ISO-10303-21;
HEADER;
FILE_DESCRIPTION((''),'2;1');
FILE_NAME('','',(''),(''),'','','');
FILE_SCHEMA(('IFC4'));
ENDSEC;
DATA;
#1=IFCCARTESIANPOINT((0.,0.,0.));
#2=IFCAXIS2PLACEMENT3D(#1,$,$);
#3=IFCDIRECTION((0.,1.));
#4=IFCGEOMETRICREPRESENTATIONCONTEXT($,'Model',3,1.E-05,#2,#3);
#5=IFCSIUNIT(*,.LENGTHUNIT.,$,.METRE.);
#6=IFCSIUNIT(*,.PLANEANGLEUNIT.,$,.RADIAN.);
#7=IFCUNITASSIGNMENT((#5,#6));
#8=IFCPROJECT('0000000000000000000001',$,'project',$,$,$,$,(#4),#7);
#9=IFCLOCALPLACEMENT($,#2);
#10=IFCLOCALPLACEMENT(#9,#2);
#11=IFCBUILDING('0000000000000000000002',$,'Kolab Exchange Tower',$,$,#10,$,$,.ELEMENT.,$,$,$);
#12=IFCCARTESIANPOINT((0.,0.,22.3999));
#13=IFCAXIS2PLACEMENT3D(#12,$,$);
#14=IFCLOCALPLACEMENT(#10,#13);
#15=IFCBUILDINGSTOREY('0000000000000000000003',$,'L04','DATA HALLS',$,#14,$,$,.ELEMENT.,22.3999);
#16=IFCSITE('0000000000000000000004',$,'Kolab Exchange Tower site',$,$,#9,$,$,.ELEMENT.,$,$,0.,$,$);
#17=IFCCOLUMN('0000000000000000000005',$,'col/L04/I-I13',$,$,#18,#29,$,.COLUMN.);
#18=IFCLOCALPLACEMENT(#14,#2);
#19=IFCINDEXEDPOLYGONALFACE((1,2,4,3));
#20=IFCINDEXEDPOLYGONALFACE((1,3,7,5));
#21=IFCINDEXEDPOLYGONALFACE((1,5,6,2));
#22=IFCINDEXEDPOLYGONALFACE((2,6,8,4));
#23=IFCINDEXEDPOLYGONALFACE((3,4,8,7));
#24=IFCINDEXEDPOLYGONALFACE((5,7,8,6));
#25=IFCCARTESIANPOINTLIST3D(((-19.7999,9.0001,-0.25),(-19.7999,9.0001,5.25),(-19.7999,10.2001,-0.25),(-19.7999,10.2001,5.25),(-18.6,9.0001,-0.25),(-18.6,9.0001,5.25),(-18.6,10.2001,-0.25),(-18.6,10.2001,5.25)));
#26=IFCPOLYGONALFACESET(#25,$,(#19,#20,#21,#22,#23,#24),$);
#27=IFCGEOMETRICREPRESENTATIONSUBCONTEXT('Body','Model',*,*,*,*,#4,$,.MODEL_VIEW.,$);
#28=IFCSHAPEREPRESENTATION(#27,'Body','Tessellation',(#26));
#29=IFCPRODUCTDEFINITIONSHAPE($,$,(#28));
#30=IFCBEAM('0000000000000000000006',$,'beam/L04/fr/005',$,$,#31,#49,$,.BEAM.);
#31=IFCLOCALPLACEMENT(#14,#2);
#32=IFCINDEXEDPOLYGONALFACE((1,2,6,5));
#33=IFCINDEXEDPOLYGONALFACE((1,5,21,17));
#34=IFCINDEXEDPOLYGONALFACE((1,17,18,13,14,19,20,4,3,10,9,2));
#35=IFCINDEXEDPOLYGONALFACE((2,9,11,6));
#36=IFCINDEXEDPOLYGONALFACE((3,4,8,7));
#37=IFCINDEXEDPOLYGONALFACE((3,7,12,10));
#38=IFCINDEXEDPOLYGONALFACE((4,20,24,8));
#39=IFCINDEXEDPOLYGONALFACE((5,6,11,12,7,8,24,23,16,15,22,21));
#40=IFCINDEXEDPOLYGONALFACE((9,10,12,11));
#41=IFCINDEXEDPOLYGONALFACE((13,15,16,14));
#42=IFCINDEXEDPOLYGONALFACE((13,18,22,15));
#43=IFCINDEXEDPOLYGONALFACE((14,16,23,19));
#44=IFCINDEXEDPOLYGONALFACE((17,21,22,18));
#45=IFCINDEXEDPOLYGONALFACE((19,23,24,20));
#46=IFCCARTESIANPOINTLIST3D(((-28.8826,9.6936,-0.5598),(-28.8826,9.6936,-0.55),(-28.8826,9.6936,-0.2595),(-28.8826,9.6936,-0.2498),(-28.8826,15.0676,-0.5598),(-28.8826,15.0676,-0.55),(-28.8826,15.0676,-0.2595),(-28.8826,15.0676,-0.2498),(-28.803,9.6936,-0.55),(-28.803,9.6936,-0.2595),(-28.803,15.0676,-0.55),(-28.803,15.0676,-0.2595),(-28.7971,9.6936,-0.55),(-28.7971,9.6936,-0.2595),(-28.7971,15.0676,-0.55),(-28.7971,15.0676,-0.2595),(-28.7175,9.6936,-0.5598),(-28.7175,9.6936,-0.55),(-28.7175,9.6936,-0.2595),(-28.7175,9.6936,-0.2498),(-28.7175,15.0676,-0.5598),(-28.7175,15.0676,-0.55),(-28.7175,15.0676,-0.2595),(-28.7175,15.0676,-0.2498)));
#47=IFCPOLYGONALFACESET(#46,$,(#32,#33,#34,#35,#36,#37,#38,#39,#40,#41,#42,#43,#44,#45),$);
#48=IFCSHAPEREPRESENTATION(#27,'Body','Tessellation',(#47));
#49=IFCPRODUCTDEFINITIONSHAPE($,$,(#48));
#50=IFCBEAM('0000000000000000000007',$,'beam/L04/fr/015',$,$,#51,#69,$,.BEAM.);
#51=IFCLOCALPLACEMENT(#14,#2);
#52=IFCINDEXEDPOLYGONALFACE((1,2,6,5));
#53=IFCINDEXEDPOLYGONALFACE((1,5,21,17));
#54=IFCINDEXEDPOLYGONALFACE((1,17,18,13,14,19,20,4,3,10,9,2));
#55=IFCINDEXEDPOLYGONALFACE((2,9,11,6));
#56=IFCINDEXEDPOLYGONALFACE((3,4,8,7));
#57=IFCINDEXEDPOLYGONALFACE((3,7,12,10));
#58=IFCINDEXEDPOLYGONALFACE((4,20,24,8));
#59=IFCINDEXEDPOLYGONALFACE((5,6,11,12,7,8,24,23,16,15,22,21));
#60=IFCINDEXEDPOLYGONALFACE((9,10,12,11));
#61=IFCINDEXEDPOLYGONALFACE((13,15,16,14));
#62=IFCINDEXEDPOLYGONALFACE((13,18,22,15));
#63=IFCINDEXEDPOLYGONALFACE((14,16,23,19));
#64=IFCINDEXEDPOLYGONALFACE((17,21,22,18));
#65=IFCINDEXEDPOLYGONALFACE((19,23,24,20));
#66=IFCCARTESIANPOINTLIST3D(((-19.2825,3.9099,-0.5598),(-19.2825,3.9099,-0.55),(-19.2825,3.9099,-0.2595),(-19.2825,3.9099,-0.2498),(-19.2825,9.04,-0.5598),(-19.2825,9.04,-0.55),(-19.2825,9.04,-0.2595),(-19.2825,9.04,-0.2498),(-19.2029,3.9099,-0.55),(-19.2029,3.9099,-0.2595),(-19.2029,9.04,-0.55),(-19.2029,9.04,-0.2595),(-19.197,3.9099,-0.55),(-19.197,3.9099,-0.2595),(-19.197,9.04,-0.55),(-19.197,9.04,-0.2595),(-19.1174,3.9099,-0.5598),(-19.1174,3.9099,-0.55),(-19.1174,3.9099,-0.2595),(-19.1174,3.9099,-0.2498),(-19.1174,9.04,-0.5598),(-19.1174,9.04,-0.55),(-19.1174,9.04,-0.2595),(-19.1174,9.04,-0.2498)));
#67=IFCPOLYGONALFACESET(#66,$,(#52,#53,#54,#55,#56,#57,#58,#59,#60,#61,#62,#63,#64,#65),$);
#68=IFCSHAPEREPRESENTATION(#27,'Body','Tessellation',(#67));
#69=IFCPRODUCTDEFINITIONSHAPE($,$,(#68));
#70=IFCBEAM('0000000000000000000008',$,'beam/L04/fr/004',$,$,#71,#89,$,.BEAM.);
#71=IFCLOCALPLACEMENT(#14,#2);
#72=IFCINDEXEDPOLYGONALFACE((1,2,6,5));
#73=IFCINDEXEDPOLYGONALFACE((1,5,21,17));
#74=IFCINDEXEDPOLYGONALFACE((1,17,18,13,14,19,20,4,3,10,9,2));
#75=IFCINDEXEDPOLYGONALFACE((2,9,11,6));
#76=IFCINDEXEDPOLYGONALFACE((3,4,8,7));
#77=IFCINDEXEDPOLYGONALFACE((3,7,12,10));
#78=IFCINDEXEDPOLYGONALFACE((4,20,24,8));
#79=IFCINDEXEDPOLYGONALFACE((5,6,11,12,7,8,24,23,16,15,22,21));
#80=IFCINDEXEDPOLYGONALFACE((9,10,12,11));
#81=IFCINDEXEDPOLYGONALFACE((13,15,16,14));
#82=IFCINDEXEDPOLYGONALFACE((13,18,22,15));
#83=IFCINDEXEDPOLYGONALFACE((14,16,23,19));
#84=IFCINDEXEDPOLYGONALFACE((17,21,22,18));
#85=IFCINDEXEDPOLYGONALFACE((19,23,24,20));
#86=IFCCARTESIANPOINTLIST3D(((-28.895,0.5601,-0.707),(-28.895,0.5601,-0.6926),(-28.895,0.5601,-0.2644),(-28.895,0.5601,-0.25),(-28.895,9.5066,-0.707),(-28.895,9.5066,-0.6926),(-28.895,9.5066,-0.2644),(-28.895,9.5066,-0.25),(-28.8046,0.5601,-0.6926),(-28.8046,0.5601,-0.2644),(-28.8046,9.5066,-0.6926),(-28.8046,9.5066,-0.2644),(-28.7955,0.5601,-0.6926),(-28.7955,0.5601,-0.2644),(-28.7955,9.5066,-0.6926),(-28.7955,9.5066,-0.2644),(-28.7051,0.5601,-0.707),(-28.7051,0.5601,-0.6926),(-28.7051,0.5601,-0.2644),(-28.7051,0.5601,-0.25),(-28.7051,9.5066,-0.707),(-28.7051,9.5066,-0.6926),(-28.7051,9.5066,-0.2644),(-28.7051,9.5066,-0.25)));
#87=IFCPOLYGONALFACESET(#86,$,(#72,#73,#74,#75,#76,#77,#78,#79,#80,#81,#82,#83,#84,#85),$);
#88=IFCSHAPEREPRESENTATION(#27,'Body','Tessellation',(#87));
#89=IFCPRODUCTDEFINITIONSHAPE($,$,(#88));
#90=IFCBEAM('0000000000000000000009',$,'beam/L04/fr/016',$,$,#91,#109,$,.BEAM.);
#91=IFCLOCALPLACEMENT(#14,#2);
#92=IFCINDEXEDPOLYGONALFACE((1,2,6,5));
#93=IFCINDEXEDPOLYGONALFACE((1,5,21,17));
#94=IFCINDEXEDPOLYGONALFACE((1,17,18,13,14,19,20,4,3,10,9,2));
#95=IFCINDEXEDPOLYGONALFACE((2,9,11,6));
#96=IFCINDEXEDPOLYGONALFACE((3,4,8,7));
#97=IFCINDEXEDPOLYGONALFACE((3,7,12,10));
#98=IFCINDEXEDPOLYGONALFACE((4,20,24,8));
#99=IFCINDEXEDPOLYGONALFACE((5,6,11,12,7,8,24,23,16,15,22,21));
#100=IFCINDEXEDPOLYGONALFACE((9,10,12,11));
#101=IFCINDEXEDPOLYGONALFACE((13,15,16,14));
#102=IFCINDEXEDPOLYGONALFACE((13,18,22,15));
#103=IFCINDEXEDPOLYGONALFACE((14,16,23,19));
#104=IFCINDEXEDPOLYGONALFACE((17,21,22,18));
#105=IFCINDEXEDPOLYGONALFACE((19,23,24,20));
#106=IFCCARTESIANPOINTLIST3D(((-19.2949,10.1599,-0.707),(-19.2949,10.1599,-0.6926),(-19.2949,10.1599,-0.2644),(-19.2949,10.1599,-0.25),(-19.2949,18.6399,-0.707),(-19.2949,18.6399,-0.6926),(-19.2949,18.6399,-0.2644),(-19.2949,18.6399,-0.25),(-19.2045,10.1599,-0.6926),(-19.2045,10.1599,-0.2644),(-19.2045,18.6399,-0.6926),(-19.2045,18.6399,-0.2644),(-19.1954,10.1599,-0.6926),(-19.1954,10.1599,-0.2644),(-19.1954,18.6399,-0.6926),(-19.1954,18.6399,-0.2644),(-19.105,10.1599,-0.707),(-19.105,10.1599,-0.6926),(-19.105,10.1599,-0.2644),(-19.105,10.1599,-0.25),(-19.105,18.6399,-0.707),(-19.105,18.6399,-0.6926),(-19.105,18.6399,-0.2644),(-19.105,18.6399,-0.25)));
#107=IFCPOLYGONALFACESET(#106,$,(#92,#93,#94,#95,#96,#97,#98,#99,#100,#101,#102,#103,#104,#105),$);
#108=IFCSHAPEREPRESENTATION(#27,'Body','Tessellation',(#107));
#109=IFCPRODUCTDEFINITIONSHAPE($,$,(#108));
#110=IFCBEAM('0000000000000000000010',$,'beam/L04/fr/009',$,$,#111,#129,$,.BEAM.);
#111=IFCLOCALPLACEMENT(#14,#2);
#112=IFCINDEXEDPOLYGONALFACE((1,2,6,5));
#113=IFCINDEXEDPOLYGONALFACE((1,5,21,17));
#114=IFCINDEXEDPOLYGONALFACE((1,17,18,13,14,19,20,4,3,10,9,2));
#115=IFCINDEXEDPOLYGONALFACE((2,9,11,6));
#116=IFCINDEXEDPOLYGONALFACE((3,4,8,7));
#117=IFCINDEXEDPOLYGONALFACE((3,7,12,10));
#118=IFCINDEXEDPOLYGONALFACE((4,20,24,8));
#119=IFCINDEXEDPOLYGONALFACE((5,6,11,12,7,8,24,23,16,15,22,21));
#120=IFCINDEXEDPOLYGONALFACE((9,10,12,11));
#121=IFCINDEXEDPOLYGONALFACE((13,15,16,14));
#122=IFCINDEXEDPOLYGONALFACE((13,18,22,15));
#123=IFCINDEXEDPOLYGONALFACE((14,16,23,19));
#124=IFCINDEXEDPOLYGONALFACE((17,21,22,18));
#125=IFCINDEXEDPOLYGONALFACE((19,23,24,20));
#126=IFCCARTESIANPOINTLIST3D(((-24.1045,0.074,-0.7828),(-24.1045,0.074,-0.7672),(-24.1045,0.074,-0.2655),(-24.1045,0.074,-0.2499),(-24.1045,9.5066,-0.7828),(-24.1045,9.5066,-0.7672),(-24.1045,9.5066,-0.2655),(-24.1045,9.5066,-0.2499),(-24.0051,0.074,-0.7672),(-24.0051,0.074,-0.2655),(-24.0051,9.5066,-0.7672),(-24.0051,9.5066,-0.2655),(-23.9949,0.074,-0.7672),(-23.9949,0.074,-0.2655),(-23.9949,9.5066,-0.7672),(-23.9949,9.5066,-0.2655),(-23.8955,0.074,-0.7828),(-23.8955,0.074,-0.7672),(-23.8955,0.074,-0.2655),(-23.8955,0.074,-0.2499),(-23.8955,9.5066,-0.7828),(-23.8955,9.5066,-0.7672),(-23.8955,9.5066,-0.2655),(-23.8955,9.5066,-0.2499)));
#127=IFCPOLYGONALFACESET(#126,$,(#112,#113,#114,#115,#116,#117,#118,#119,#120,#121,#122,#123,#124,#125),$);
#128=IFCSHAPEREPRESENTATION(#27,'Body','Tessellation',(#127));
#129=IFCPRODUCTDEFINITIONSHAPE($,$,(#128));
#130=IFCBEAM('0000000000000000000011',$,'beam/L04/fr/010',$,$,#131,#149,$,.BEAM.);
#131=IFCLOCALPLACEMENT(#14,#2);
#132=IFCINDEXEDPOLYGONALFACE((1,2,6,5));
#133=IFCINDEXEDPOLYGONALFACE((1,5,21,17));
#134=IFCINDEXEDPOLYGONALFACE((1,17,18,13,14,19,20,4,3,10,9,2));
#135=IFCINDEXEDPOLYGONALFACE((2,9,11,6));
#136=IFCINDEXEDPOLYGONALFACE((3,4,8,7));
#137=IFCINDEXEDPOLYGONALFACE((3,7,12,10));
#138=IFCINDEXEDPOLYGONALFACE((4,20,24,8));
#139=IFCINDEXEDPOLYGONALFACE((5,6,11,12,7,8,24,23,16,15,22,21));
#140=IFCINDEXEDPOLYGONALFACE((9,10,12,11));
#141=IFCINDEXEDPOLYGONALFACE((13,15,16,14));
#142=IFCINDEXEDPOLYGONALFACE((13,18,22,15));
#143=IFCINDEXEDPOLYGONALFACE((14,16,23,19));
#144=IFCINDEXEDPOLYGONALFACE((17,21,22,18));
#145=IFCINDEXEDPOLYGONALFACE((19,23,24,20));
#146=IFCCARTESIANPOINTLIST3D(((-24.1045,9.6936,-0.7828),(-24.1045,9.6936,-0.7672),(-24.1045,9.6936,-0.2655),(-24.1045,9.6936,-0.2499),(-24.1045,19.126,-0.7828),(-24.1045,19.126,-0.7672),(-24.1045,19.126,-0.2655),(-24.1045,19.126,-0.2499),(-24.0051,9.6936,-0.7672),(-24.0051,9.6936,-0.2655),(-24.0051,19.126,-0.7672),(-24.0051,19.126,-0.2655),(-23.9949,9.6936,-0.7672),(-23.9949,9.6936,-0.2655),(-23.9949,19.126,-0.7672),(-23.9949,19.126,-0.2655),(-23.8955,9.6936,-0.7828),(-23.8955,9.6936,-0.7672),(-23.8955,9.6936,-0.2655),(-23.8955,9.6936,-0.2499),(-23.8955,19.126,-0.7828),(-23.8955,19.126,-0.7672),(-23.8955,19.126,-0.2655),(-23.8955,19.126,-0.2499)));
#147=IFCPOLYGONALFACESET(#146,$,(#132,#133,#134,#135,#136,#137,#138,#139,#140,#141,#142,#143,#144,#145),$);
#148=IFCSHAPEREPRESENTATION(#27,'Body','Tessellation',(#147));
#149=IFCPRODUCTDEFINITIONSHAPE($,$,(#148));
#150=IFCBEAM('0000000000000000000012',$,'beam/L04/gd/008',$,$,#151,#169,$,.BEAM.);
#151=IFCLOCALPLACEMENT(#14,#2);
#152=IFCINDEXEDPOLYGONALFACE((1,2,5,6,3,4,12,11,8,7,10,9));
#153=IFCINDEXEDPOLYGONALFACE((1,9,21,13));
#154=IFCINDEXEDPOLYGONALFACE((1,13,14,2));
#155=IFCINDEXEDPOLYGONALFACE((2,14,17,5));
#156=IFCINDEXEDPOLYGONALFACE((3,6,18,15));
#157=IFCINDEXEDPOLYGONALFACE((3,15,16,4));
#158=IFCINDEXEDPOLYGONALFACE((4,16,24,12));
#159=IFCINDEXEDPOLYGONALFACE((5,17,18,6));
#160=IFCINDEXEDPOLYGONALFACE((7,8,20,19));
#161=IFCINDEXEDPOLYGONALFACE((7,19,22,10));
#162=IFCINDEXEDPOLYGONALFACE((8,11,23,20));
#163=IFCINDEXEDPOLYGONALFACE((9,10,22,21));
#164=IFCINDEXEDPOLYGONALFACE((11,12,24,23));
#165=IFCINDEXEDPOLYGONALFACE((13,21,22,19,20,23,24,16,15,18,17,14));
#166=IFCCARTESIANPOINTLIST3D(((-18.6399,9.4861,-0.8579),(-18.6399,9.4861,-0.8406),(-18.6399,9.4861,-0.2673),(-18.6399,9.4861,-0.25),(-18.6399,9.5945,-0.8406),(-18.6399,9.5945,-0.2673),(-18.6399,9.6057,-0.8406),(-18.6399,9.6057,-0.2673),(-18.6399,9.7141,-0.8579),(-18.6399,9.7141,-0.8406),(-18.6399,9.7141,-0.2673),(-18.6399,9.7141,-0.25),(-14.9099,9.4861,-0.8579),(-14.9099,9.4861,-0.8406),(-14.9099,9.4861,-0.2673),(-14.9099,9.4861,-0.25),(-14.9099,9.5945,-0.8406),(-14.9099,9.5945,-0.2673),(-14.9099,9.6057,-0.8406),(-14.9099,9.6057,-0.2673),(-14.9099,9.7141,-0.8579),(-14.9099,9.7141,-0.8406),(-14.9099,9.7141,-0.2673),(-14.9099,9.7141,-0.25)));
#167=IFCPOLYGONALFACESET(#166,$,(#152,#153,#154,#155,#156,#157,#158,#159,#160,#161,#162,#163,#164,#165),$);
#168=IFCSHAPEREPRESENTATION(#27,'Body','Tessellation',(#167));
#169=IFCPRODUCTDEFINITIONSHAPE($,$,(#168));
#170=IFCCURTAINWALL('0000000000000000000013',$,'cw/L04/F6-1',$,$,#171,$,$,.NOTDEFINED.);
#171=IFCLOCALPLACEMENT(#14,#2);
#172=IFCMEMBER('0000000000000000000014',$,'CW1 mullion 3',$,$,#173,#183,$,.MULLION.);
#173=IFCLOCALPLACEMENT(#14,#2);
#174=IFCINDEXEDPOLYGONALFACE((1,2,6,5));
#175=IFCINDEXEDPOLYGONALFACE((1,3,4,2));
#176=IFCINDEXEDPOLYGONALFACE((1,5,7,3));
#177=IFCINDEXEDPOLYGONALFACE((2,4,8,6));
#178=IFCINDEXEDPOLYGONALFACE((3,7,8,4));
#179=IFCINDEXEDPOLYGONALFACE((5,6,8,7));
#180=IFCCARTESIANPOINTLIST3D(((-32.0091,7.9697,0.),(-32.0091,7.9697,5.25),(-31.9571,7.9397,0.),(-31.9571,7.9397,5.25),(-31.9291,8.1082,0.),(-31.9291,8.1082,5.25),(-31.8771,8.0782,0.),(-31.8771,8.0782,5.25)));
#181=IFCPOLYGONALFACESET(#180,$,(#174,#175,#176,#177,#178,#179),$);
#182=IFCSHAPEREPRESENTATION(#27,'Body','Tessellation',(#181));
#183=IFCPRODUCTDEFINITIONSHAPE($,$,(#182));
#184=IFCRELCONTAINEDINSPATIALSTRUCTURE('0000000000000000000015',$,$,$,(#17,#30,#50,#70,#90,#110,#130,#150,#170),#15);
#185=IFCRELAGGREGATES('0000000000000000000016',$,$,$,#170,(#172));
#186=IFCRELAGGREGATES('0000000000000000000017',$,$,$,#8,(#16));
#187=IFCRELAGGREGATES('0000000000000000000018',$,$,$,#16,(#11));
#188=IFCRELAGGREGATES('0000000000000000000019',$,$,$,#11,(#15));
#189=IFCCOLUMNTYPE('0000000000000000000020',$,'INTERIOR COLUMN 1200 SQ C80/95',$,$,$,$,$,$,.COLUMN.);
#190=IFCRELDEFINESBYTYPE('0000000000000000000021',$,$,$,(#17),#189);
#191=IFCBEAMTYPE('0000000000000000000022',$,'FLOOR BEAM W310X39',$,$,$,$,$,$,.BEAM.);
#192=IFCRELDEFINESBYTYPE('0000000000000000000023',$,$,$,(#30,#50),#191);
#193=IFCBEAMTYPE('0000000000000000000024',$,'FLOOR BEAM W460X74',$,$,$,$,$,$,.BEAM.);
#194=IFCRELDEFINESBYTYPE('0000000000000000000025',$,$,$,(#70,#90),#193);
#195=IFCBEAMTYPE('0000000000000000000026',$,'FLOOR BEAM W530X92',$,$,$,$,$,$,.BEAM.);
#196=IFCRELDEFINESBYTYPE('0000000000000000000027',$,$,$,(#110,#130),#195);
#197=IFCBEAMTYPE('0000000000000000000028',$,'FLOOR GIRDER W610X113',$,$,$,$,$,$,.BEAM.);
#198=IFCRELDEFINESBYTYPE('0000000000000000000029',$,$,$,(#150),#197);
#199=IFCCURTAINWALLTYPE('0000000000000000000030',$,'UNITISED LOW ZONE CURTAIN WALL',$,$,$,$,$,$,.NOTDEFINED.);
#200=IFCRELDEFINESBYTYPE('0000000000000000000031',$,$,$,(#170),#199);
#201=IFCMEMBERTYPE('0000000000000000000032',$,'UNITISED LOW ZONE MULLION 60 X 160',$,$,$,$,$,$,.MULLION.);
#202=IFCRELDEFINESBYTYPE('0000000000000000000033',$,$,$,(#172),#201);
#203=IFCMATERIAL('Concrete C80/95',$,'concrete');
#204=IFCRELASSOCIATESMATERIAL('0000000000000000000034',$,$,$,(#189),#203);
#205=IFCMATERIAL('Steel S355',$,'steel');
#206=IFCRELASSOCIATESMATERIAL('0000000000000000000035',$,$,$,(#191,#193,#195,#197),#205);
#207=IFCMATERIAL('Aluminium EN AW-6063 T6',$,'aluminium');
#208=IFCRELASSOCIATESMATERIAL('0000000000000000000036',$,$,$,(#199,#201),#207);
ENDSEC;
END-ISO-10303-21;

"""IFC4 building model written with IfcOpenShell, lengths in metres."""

from ifc_helpers import new_model, si_unit, direction, frame, origin, origin_2d, place, context, subcontext, project, spatial, rectangle, i_section, extrude, material, material_profile, profile_set, type_object, element, aggregate, save


model = new_model("IFC4")

# Units and contexts
model_context = context("Model", 3, precision=1e-05, world=origin(), true_north=direction((0.0, 1.0)))
body_context = subcontext(model_context, "Body", "Model", "MODEL_VIEW")
ifc_project = project(units=[si_unit("LENGTHUNIT", "METRE"), si_unit("PLANEANGLEUNIT", "RADIAN")], contexts=[model_context])

# Site, building, storey
site_placement = place(None, origin())
site = spatial("IfcSite", under=ifc_project, at=site_placement, Name="Kolab Exchange Tower site", CompositionType="ELEMENT", RefElevation=0.0)
building_placement = place(site_placement, origin())
building = spatial("IfcBuilding", under=site, at=building_placement, Name="Kolab Exchange Tower", CompositionType="ELEMENT")
storey_placement = place(building_placement, frame((0.0, 0.0, 22.3999)))
storey = spatial("IfcBuildingStorey", under=building, at=storey_placement, Name="L04", Description="DATA HALLS", CompositionType="ELEMENT", Elevation=22.3999)

# Column
ifc_material_1 = material(Name="Concrete C80/95", Category="concrete")
ifc_material_profile_1 = material_profile(ifc_material_1, rectangle(XDim=1.2, YDim=1.2, at=origin_2d()), Name="RC1200")
ifc_profile_set_1 = profile_set([ifc_material_profile_1], Name="Concrete C80/95")
column_type = type_object("IfcColumnType", Name="INTERIOR COLUMN 1200 SQ C80/95", PredefinedType="COLUMN", material=ifc_profile_set_1)
column_placement = place(storey_placement, frame((-19.2, 9.6001, -0.25), z_axis=(0.0, 0.0, 1.0), x_axis=(1.0, 0.0, 0.0)))
element("IfcColumn", 1, at=column_placement, inside=storey, type_object=column_type, Name="col/L04/I-I13", PredefinedType="COLUMN", context=body_context, shape_type="SweptSolid", body=[
    extrude(rectangle(XDim=1.2, YDim=1.2, at=origin_2d()), origin(), (0.0, 0.0, 1.0), 5.5),
])

# Beams
ifc_material_2 = material(Name="Steel S355", Category="steel")
ifc_material_profile_2 = material_profile(ifc_material_2, i_section(OverallWidth=0.165, OverallDepth=0.3101, WebThickness=0.0059, FlangeThickness=0.0098, at=origin_2d()), Name="W310X39")
ifc_profile_set_2 = profile_set([ifc_material_profile_2], Name="Steel S355")
beam_type_1 = type_object("IfcBeamType", Name="FLOOR BEAM W310X39", PredefinedType="BEAM", material=ifc_profile_set_2)
beam_1_placement = place(storey_placement, frame((-28.8, 9.6936, -0.4048), z_axis=(0.0, 1.0, 0.0), x_axis=(-1.0, 0.0, 0.0)))
element("IfcBeam", 2, at=beam_1_placement, inside=storey, type_object=beam_type_1, Name="beam/L04/fr/005", PredefinedType="BEAM", context=body_context, shape_type="SweptSolid", body=[
    extrude(i_section(OverallWidth=0.165, OverallDepth=0.3101, WebThickness=0.0059, FlangeThickness=0.0098, at=origin_2d()), origin(), (0.0, 0.0, 1.0), 5.374),
])
beam_2_placement = place(storey_placement, frame((-19.2, 3.9099, -0.4048), z_axis=(0.0, 1.0, 0.0), x_axis=(-1.0, 0.0, 0.0)))
element("IfcBeam", 3, at=beam_2_placement, inside=storey, type_object=beam_type_1, Name="beam/L04/fr/015", PredefinedType="BEAM", context=body_context, shape_type="SweptSolid", body=[
    extrude(i_section(OverallWidth=0.165, OverallDepth=0.3101, WebThickness=0.0059, FlangeThickness=0.0098, at=origin_2d()), origin(), (0.0, 0.0, 1.0), 5.1301),
])
ifc_material_profile_3 = material_profile(ifc_material_2, i_section(OverallWidth=0.1899, OverallDepth=0.457, WebThickness=0.009, FlangeThickness=0.0144, at=origin_2d()), Name="W460X74")
ifc_profile_set_3 = profile_set([ifc_material_profile_3], Name="Steel S355")
beam_type_2 = type_object("IfcBeamType", Name="FLOOR BEAM W460X74", PredefinedType="BEAM", material=ifc_profile_set_3)
beam_3_placement = place(storey_placement, frame((-28.8, 0.5601, -0.4785), z_axis=(0.0, 1.0, 0.0), x_axis=(-1.0, 0.0, 0.0)))
element("IfcBeam", 4, at=beam_3_placement, inside=storey, type_object=beam_type_2, Name="beam/L04/fr/004", PredefinedType="BEAM", context=body_context, shape_type="SweptSolid", body=[
    extrude(i_section(OverallWidth=0.1899, OverallDepth=0.457, WebThickness=0.009, FlangeThickness=0.0144, at=origin_2d()), origin(), (0.0, 0.0, 1.0), 8.9465),
])
beam_4_placement = place(storey_placement, frame((-19.2, 10.1599, -0.4785), z_axis=(0.0, 1.0, 0.0), x_axis=(-1.0, 0.0, 0.0)))
element("IfcBeam", 5, at=beam_4_placement, inside=storey, type_object=beam_type_2, Name="beam/L04/fr/016", PredefinedType="BEAM", context=body_context, shape_type="SweptSolid", body=[
    extrude(i_section(OverallWidth=0.1899, OverallDepth=0.457, WebThickness=0.009, FlangeThickness=0.0144, at=origin_2d()), origin(), (0.0, 0.0, 1.0), 8.48),
])
ifc_material_profile_4 = material_profile(ifc_material_2, i_section(OverallWidth=0.209, OverallDepth=0.533, WebThickness=0.0103, FlangeThickness=0.0156, at=origin_2d()), Name="W530X92")
ifc_profile_set_4 = profile_set([ifc_material_profile_4], Name="Steel S355")
beam_type_3 = type_object("IfcBeamType", Name="FLOOR BEAM W530X92", PredefinedType="BEAM", material=ifc_profile_set_4)
beam_5_placement = place(storey_placement, frame((-24.0, 0.074, -0.5164), z_axis=(0.0, 1.0, 0.0), x_axis=(-1.0, 0.0, 0.0)))
element("IfcBeam", 6, at=beam_5_placement, inside=storey, type_object=beam_type_3, Name="beam/L04/fr/009", PredefinedType="BEAM", context=body_context, shape_type="SweptSolid", body=[
    extrude(i_section(OverallWidth=0.209, OverallDepth=0.533, WebThickness=0.0103, FlangeThickness=0.0156, at=origin_2d()), origin(), (0.0, 0.0, 1.0), 9.4326),
])
beam_6_placement = place(storey_placement, frame((-24.0, 9.6936, -0.5164), z_axis=(0.0, 1.0, 0.0), x_axis=(-1.0, 0.0, 0.0)))
element("IfcBeam", 7, at=beam_6_placement, inside=storey, type_object=beam_type_3, Name="beam/L04/fr/010", PredefinedType="BEAM", context=body_context, shape_type="SweptSolid", body=[
    extrude(i_section(OverallWidth=0.209, OverallDepth=0.533, WebThickness=0.0103, FlangeThickness=0.0156, at=origin_2d()), origin(), (0.0, 0.0, 1.0), 9.4324),
])
ifc_material_profile_5 = material_profile(ifc_material_2, i_section(OverallWidth=0.228, OverallDepth=0.6079, WebThickness=0.0112, FlangeThickness=0.0173, at=origin_2d()), Name="W610X113")
ifc_profile_set_5 = profile_set([ifc_material_profile_5], Name="Steel S355")
beam_type_4 = type_object("IfcBeamType", Name="FLOOR GIRDER W610X113", PredefinedType="BEAM", material=ifc_profile_set_5)
beam_7_placement = place(storey_placement, frame((-18.6399, 9.6001, -0.554), z_axis=(1.0, 0.0, 0.0), x_axis=(0.0, 1.0, 0.0)))
element("IfcBeam", 8, at=beam_7_placement, inside=storey, type_object=beam_type_4, Name="beam/L04/gd/008", PredefinedType="BEAM", context=body_context, shape_type="SweptSolid", body=[
    extrude(i_section(OverallWidth=0.228, OverallDepth=0.6079, WebThickness=0.0112, FlangeThickness=0.0173, at=origin_2d()), origin(), (0.0, 0.0, 1.0), 3.73),
])

# Curtain wall, member
ifc_material_3 = material(Name="Aluminium EN AW-6063 T6", Category="aluminium")
curtain_wall_type = type_object("IfcCurtainWallType", Name="UNITISED LOW ZONE CURTAIN WALL", PredefinedType="NOTDEFINED", material=ifc_material_3)
curtain_wall_placement = place(storey_placement, origin())
curtain_wall = element("IfcCurtainWall", 9, at=curtain_wall_placement, inside=storey, type_object=curtain_wall_type, Name="cw/L04/F6-1", PredefinedType="NOTDEFINED")
ifc_material_profile_6 = material_profile(ifc_material_3, rectangle(XDim=0.0601, YDim=0.1599, at=origin_2d()), Name="RECT 60X160")
ifc_profile_set_6 = profile_set([ifc_material_profile_6], Name="Aluminium EN AW-6063 T6")
member_type_1 = type_object("IfcMemberType", Name="UNITISED LOW ZONE MULLION 60 X 160", PredefinedType="MULLION", material=ifc_profile_set_6)
member_1_placement = place(storey_placement, frame((-31.9431, 8.0239, 0.0), z_axis=(0.0, 0.0, 1.0), x_axis=(-0.866025, 0.5, 0.0)))
member_1 = element("IfcMember", 10, at=member_1_placement, type_object=member_type_1, Name="CW1 mullion 3", PredefinedType="MULLION", context=body_context, shape_type="SweptSolid", body=[
    extrude(rectangle(XDim=0.0601, YDim=0.1599, at=origin_2d()), origin(), (0.0, 0.0, 1.0), 5.25),
])
aggregate(curtain_wall, [member_1])

save(model, "model.ifc")
